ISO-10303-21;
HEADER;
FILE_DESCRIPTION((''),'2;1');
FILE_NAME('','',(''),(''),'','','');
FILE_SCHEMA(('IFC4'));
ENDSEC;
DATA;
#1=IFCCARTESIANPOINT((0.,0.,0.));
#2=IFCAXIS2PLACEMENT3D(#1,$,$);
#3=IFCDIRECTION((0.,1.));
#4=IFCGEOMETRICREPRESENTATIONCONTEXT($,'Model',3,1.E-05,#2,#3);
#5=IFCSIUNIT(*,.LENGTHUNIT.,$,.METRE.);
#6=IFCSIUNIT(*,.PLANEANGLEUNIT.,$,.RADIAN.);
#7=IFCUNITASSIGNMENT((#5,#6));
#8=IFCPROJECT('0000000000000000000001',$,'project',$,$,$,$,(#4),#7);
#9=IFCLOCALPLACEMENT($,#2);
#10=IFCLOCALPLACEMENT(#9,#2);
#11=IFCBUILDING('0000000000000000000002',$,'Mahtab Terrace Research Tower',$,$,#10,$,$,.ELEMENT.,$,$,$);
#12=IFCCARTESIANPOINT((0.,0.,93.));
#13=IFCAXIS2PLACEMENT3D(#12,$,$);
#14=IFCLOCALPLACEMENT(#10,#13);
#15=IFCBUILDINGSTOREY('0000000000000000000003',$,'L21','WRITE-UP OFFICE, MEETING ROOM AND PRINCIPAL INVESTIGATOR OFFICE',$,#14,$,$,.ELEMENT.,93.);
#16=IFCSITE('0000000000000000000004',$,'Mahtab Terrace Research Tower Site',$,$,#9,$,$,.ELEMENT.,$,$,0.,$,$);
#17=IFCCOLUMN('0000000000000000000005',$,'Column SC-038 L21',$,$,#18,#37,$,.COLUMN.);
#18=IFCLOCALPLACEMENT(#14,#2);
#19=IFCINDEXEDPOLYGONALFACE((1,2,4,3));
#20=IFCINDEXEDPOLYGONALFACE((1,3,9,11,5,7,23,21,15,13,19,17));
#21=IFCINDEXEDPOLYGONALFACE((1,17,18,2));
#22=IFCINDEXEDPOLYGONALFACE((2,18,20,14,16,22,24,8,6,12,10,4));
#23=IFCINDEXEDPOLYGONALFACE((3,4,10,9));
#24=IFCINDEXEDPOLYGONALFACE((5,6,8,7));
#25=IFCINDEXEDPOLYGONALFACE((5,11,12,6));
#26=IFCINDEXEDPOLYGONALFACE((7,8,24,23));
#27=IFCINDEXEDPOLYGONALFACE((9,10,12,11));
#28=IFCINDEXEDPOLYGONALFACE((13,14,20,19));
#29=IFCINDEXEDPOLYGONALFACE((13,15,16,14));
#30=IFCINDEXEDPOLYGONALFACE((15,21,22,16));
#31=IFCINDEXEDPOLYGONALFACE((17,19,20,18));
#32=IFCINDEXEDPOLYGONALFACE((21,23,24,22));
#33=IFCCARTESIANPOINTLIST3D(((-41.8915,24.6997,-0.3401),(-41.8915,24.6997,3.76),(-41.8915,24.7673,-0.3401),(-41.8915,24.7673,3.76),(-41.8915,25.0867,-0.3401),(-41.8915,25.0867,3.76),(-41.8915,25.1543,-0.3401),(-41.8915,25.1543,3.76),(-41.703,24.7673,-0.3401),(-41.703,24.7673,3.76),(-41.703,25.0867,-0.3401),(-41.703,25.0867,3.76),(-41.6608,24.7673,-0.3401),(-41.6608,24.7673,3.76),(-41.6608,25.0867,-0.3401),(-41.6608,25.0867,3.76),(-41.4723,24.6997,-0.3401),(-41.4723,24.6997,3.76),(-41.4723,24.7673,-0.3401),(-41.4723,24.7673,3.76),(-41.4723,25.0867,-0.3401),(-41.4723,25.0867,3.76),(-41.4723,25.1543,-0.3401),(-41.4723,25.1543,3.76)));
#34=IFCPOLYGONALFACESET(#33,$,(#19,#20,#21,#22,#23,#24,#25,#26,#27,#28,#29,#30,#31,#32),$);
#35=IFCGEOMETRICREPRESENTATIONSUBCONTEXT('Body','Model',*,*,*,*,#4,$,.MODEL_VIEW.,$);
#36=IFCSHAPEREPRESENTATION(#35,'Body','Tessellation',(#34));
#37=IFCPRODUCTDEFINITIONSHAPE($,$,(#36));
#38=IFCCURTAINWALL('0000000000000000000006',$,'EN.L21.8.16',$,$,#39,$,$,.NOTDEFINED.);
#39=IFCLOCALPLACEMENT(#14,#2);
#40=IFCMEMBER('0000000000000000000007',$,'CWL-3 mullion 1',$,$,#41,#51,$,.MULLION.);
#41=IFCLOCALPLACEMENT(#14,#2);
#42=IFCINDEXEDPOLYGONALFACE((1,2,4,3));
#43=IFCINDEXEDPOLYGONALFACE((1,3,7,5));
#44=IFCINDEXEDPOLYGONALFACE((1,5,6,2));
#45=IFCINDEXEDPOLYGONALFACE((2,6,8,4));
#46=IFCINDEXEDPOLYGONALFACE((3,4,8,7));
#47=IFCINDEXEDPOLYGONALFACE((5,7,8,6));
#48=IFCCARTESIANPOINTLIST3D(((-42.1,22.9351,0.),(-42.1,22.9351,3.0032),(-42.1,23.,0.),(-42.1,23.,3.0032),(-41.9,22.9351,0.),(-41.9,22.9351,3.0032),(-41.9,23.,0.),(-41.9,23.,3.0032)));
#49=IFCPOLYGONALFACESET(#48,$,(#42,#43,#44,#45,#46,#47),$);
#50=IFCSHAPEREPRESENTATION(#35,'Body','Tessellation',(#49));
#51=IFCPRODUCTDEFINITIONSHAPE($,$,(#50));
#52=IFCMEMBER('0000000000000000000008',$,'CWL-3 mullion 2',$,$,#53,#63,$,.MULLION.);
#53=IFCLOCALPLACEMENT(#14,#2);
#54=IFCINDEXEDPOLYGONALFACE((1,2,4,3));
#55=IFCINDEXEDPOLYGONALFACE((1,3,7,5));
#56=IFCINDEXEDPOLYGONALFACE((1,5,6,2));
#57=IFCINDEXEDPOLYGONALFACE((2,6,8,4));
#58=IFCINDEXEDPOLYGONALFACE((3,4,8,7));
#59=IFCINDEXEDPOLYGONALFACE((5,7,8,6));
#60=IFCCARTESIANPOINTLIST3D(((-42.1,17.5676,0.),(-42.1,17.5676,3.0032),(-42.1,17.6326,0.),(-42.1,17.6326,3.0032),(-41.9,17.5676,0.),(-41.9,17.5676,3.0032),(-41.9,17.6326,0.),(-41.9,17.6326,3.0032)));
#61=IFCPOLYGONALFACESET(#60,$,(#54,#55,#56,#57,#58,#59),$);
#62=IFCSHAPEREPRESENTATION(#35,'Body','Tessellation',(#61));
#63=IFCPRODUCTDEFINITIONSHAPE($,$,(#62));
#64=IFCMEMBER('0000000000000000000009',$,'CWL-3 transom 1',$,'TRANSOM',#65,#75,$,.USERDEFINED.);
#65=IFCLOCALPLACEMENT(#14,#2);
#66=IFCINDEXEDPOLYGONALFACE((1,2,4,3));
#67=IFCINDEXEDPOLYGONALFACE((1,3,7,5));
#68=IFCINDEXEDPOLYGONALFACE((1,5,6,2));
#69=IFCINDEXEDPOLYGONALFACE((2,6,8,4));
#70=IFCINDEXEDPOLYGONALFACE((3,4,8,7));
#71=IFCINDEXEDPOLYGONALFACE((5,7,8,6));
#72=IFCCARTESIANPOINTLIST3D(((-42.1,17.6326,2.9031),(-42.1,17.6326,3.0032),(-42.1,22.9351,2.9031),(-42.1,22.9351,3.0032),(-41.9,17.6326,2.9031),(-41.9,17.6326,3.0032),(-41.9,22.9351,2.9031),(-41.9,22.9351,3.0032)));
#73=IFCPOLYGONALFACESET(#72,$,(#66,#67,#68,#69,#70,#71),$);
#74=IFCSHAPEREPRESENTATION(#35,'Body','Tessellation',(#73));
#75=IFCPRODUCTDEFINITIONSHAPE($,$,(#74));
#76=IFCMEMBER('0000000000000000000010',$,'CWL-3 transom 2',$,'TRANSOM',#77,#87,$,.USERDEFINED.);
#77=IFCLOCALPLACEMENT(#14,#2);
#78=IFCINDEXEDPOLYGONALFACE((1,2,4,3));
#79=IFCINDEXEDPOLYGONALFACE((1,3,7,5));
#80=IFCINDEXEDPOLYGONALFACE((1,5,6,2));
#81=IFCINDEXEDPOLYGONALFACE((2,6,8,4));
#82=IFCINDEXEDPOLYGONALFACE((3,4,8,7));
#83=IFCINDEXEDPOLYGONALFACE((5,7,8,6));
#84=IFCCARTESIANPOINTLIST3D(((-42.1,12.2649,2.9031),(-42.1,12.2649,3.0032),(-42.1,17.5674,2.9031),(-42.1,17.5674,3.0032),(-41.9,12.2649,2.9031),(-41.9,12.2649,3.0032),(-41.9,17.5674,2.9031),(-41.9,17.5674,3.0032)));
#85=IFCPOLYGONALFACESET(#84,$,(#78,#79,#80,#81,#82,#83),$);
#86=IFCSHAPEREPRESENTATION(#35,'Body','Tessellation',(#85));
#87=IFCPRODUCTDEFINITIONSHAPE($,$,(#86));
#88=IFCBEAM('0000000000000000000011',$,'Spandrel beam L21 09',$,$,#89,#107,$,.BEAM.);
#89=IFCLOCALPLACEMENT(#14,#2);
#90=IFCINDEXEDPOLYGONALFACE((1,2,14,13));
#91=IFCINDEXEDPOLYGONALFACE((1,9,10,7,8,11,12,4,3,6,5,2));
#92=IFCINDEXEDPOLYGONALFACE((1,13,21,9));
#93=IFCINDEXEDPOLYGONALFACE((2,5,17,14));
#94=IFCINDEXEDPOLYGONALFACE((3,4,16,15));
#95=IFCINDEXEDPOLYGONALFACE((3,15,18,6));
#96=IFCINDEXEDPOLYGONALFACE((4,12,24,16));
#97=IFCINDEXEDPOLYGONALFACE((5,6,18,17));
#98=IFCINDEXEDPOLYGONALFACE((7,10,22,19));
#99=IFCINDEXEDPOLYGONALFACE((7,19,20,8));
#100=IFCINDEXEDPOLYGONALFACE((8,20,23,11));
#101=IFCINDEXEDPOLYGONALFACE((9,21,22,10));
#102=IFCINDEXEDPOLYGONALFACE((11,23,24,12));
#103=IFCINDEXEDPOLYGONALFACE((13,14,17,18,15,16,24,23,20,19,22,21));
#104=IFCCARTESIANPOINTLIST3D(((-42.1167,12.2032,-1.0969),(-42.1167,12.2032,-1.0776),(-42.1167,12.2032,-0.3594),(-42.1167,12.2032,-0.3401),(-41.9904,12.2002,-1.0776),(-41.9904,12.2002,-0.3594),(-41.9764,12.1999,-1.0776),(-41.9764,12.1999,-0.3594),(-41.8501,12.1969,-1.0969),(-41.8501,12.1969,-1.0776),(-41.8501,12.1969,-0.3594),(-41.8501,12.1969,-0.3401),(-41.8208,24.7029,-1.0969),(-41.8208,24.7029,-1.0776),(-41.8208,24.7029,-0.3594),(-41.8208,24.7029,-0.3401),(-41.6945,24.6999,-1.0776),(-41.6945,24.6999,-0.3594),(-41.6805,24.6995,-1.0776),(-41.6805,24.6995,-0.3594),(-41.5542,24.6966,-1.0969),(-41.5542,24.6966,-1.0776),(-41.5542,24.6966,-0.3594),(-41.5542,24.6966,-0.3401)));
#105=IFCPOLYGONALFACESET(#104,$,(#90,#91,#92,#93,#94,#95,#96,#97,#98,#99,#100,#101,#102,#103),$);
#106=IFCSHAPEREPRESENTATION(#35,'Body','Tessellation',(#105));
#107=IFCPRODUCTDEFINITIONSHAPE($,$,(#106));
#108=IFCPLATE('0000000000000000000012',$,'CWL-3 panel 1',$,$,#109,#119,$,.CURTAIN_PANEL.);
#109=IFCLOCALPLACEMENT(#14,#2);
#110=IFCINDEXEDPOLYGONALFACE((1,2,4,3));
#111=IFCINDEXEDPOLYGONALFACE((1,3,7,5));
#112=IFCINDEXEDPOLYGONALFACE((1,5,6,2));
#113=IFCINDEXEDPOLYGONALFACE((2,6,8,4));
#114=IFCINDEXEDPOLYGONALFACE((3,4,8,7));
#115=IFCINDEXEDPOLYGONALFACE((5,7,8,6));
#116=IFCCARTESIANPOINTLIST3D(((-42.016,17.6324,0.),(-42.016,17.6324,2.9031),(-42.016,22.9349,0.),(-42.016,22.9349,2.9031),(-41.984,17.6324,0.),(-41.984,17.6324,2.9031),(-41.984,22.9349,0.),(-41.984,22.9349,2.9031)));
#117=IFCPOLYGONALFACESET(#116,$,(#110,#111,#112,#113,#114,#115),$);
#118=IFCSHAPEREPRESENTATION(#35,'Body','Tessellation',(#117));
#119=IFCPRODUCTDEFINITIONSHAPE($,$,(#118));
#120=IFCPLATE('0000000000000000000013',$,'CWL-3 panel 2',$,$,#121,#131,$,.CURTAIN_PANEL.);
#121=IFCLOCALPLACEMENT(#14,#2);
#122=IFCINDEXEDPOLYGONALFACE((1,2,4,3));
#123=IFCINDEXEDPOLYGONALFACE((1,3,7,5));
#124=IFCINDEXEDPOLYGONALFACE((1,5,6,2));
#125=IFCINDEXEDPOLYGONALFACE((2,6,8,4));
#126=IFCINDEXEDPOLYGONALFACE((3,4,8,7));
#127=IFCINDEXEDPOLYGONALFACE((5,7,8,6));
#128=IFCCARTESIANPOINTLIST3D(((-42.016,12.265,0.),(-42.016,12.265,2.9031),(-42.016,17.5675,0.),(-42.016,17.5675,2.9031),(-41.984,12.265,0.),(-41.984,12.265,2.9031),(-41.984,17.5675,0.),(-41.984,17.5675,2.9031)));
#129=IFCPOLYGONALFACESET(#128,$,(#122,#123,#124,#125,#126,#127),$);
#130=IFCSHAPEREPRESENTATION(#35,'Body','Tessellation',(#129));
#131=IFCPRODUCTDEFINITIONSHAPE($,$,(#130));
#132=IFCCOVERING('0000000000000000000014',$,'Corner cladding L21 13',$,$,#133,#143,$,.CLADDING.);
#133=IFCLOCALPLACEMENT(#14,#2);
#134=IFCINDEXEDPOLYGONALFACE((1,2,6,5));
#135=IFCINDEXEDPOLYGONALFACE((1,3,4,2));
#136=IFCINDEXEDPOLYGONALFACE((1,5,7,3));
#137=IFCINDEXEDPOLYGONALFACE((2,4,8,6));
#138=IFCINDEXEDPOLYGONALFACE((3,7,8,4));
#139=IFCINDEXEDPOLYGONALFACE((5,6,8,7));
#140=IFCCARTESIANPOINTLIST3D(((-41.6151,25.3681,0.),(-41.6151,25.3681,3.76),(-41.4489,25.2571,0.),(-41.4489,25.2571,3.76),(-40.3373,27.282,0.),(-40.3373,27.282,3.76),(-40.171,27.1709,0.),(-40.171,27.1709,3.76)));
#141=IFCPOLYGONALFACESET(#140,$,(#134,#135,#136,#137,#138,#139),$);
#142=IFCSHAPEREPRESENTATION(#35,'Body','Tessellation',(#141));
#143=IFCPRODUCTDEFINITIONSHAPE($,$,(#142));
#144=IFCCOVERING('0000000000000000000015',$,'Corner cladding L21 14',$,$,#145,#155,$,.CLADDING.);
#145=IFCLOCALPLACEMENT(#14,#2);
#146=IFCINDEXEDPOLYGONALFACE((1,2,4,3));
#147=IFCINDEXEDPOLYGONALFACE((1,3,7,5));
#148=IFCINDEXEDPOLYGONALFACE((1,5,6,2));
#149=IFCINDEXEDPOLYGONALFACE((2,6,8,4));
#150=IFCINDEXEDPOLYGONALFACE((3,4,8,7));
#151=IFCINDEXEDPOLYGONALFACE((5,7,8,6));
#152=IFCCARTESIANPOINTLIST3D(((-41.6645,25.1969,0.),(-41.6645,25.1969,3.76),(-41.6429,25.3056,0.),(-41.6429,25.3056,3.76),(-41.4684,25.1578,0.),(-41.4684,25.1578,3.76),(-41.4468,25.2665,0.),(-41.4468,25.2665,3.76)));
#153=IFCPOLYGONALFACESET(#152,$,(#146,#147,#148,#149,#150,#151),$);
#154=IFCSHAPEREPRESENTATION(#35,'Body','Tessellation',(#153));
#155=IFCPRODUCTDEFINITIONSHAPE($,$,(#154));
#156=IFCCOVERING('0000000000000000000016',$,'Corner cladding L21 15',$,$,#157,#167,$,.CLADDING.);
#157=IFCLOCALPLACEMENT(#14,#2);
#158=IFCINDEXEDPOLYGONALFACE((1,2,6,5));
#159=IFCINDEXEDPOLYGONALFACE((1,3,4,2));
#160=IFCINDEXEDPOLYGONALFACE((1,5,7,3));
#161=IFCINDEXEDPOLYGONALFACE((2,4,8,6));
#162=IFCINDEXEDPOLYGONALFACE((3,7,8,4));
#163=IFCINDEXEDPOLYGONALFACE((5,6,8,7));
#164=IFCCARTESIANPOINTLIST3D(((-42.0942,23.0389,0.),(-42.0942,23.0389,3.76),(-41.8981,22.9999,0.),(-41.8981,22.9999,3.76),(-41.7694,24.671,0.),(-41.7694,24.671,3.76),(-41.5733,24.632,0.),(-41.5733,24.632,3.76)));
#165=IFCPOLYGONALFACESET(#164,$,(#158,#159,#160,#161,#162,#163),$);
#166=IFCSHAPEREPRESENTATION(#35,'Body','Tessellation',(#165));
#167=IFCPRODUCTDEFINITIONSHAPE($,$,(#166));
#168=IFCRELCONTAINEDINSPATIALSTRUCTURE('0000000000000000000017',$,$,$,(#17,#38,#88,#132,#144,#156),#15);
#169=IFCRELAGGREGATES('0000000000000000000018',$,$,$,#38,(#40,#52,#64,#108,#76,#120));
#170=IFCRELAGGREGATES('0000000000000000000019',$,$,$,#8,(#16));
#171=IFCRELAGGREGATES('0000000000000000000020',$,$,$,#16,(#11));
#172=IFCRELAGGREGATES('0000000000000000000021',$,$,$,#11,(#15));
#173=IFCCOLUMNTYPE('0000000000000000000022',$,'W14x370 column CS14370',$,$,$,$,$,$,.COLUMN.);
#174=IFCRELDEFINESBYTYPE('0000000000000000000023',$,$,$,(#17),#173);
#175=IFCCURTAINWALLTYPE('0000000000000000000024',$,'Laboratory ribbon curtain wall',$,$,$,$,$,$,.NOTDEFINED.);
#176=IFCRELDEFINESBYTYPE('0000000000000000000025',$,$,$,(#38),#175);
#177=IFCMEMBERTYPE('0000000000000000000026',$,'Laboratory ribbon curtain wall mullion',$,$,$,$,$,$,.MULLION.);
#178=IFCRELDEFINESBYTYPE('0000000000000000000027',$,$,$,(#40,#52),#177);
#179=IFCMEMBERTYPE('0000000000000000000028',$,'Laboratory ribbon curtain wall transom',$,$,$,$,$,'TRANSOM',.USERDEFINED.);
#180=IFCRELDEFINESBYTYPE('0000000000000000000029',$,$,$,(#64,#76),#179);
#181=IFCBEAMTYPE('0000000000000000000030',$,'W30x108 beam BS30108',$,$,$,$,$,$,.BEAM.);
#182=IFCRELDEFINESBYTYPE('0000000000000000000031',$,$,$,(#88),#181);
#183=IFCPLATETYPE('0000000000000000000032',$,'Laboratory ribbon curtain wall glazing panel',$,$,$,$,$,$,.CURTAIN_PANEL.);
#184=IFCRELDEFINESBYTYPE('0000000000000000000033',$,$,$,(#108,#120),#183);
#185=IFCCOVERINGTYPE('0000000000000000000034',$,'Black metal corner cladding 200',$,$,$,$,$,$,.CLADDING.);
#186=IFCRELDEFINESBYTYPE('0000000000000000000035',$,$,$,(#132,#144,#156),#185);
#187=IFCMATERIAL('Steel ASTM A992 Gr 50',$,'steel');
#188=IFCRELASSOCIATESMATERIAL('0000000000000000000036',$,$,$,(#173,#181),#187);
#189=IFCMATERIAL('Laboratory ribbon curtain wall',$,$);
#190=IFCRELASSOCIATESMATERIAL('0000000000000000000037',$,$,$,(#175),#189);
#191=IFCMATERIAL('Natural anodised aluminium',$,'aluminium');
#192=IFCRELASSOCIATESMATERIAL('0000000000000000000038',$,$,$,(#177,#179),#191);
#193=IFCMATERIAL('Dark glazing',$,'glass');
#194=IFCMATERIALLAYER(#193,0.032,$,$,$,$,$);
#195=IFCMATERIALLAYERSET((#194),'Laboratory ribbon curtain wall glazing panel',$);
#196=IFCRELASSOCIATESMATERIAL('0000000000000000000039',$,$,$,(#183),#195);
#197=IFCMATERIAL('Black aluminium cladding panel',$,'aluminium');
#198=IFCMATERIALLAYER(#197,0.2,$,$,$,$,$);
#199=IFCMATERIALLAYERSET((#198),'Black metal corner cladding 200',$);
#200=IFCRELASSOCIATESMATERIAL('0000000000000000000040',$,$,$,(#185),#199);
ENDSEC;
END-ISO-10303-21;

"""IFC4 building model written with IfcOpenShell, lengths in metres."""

from ifc_helpers import new_model, si_unit, direction, frame, origin, origin_2d, place, context, subcontext, project, spatial, rectangle, i_section, extrude, material, layer, layer_set, material_profile, profile_set, type_object, element, aggregate, save


model = new_model("IFC4")

# Units and contexts
model_context = context("Model", 3, precision=1e-05, world=origin(), true_north=direction((0.0, 1.0)))
body_context = subcontext(model_context, "Body", "Model", "MODEL_VIEW")
ifc_project = project(units=[si_unit("LENGTHUNIT", "METRE"), si_unit("PLANEANGLEUNIT", "RADIAN")], contexts=[model_context])

# Site, building, storey
site_placement = place(None, origin())
site = spatial("IfcSite", under=ifc_project, at=site_placement, Name="Mahtab Terrace Research Tower Site", CompositionType="ELEMENT", RefElevation=0.0)
building_placement = place(site_placement, origin())
building = spatial("IfcBuilding", under=site, at=building_placement, Name="Mahtab Terrace Research Tower", CompositionType="ELEMENT")
storey_placement = place(building_placement, frame((0.0, 0.0, 93.0)))
storey = spatial("IfcBuildingStorey", under=building, at=storey_placement, Name="L21", Description="WRITE-UP OFFICE, MEETING ROOM AND PRINCIPAL INVESTIGATOR OFFICE", CompositionType="ELEMENT", Elevation=93.0)

# Column
ifc_material_1 = material(Name="Steel ASTM A992 Gr 50", Category="steel")
ifc_material_profile_1 = material_profile(ifc_material_1, i_section(OverallWidth=0.4192, OverallDepth=0.4546, WebThickness=0.0422, FlangeThickness=0.0676, at=origin_2d()), Name="W14X370")
ifc_profile_set_1 = profile_set([ifc_material_profile_1], Name="Steel ASTM A992 Gr 50")
column_type = type_object("IfcColumnType", Name="W14x370 column CS14370", PredefinedType="COLUMN", material=ifc_profile_set_1)
column_placement = place(storey_placement, frame((-41.6819, 24.927, -0.3401), z_axis=(0.0, 0.0, 1.0), x_axis=(1.0, 0.0, 0.0)))
element("IfcColumn", 1, at=column_placement, inside=storey, type_object=column_type, Name="Column SC-038 L21", PredefinedType="COLUMN", context=body_context, shape_type="SweptSolid", body=[
    extrude(i_section(OverallWidth=0.4192, OverallDepth=0.4546, WebThickness=0.0422, FlangeThickness=0.0676, at=origin_2d()), origin(), (0.0, 0.0, 1.0), 4.1001),
])

# Curtain wall, members
ifc_material_2 = material(Name="Laboratory ribbon curtain wall")
curtain_wall_type = type_object("IfcCurtainWallType", Name="Laboratory ribbon curtain wall", PredefinedType="NOTDEFINED", material=ifc_material_2)
curtain_wall_placement = place(storey_placement, origin())
curtain_wall = element("IfcCurtainWall", 2, at=curtain_wall_placement, inside=storey, type_object=curtain_wall_type, Name="EN.L21.8.16", PredefinedType="NOTDEFINED")
ifc_material_3 = material(Name="Natural anodised aluminium", Category="aluminium")
ifc_material_profile_2 = material_profile(ifc_material_3, rectangle(XDim=0.2, YDim=0.0649, at=origin_2d()), Name="MULLION 65x200")
ifc_profile_set_2 = profile_set([ifc_material_profile_2], Name="Natural anodised aluminium")
member_type_1 = type_object("IfcMemberType", Name="Laboratory ribbon curtain wall mullion", PredefinedType="MULLION", material=ifc_profile_set_2)
member_1_placement = place(storey_placement, frame((-42.0, 22.9675, 0.0), z_axis=(0.0, 0.0, 1.0), x_axis=(1.0, 0.0, 0.0)))
member_1 = element("IfcMember", 3, at=member_1_placement, type_object=member_type_1, Name="CWL-3 mullion 1", PredefinedType="MULLION", context=body_context, shape_type="SweptSolid", body=[
    extrude(rectangle(XDim=0.2, YDim=0.0649, at=origin_2d()), origin(), (0.0, 0.0, 1.0), 3.0032),
])
member_2_placement = place(storey_placement, frame((-42.0, 17.6001, 0.0), z_axis=(0.0, 0.0, 1.0), x_axis=(1.0, 0.0, 0.0)))
member_2 = element("IfcMember", 4, at=member_2_placement, type_object=member_type_1, Name="CWL-3 mullion 2", PredefinedType="MULLION", context=body_context, shape_type="SweptSolid", body=[
    extrude(rectangle(XDim=0.2, YDim=0.0649, at=origin_2d()), origin(), (0.0, 0.0, 1.0), 3.0032),
])
ifc_material_profile_3 = material_profile(ifc_material_3, rectangle(XDim=0.2, YDim=0.1001, at=origin_2d()), Name="TRANSOM 100x200")
ifc_profile_set_3 = profile_set([ifc_material_profile_3], Name="Natural anodised aluminium")
member_type_2 = type_object("IfcMemberType", Name="Laboratory ribbon curtain wall transom", ElementType="TRANSOM", PredefinedType="USERDEFINED", material=ifc_profile_set_3)
member_3_placement = place(storey_placement, frame((-42.0, 22.9351, 2.9531), z_axis=(0.0, -1.0, 0.0), x_axis=(1.0, 0.0, 0.0)))
member_3 = element("IfcMember", 5, at=member_3_placement, type_object=member_type_2, Name="CWL-3 transom 1", ObjectType="TRANSOM", PredefinedType="USERDEFINED", context=body_context, shape_type="SweptSolid", body=[
    extrude(rectangle(XDim=0.2, YDim=0.1001, at=origin_2d()), origin(), (0.0, 0.0, 1.0), 5.3025),
])
member_4_placement = place(storey_placement, frame((-42.0, 17.5674, 2.9531), z_axis=(0.0, -1.0, 0.0), x_axis=(1.0, 0.0, 0.0)))
member_4 = element("IfcMember", 6, at=member_4_placement, type_object=member_type_2, Name="CWL-3 transom 2", ObjectType="TRANSOM", PredefinedType="USERDEFINED", context=body_context, shape_type="SweptSolid", body=[
    extrude(rectangle(XDim=0.2, YDim=0.1001, at=origin_2d()), origin(), (0.0, 0.0, 1.0), 5.3025),
])

# Beam
ifc_material_profile_4 = material_profile(ifc_material_1, i_section(OverallWidth=0.2666, OverallDepth=0.7568, WebThickness=0.0139, FlangeThickness=0.0193, at=origin_2d()), Name="W30X108")
ifc_profile_set_4 = profile_set([ifc_material_profile_4], Name="Steel ASTM A992 Gr 50")
beam_type = type_object("IfcBeamType", Name="W30x108 beam BS30108", PredefinedType="BEAM", material=ifc_profile_set_4)
beam_placement = place(storey_placement, frame((-41.6875, 24.6997, -0.7185), z_axis=(-0.023666, -0.99972, 0.0), x_axis=(0.99972, -0.023666, 0.0)))
element("IfcBeam", 7, at=beam_placement, inside=storey, type_object=beam_type, Name="Spandrel beam L21 09", PredefinedType="BEAM", context=body_context, shape_type="SweptSolid", body=[
    extrude(i_section(OverallWidth=0.2666, OverallDepth=0.7568, WebThickness=0.0139, FlangeThickness=0.0193, at=origin_2d()), origin(), (0.0, 0.0, 1.0), 12.5032),
])

# Plates
ifc_material_4 = material(Name="Dark glazing", Category="glass")
ifc_layer_1 = layer(ifc_material_4, 0.032)
ifc_layer_set_1 = layer_set([ifc_layer_1], Name="Laboratory ribbon curtain wall glazing panel")
plate_type = type_object("IfcPlateType", Name="Laboratory ribbon curtain wall glazing panel", PredefinedType="CURTAIN_PANEL", material=ifc_layer_set_1)
plate_1_placement = place(storey_placement, frame((-42.0, 20.2837, 0.0), z_axis=(0.0, 0.0, 1.0), x_axis=(0.0, -1.0, 0.0)))
plate_1 = element("IfcPlate", 8, at=plate_1_placement, type_object=plate_type, Name="CWL-3 panel 1", PredefinedType="CURTAIN_PANEL", context=body_context, shape_type="SweptSolid", body=[
    extrude(rectangle(XDim=5.3025, YDim=0.032, at=origin_2d()), origin(), (0.0, 0.0, 1.0), 2.9031),
])
plate_2_placement = place(storey_placement, frame((-42.0, 14.9163, 0.0), z_axis=(0.0, 0.0, 1.0), x_axis=(0.0, -1.0, 0.0)))
plate_2 = element("IfcPlate", 9, at=plate_2_placement, type_object=plate_type, Name="CWL-3 panel 2", PredefinedType="CURTAIN_PANEL", context=body_context, shape_type="SweptSolid", body=[
    extrude(rectangle(XDim=5.3025, YDim=0.032, at=origin_2d()), origin(), (0.0, 0.0, 1.0), 2.9031),
])
aggregate(curtain_wall, [member_1, member_2, member_3, plate_1, member_4, plate_2])

# Coverings
ifc_material_5 = material(Name="Black aluminium cladding panel", Category="aluminium")
ifc_layer_2 = layer(ifc_material_5, 0.2)
ifc_layer_set_2 = layer_set([ifc_layer_2], Name="Black metal corner cladding 200")
covering_type = type_object("IfcCoveringType", Name="Black metal corner cladding 200", PredefinedType="CLADDING", material=ifc_layer_set_2)
covering_1_placement = place(storey_placement, frame((-40.8931, 26.2695, 0.0), z_axis=(0.0, 0.0, 1.0), x_axis=(-0.555291, -0.831656, 0.0)))
element("IfcCovering", 10, at=covering_1_placement, inside=storey, type_object=covering_type, Name="Corner cladding L21 13", PredefinedType="CLADDING", context=body_context, shape_type="SweptSolid", body=[
    extrude(rectangle(XDim=2.3013, YDim=0.2, at=origin_2d()), origin(), (0.0, 0.0, 1.0), 3.76),
])
covering_2_placement = place(storey_placement, frame((-41.5557, 25.2317, 0.0), z_axis=(0.0, 0.0, 1.0), x_axis=(-0.195212, -0.980761, 0.0)))
element("IfcCovering", 11, at=covering_2_placement, inside=storey, type_object=covering_type, Name="Corner cladding L21 14", PredefinedType="CLADDING", context=body_context, shape_type="SweptSolid", body=[
    extrude(rectangle(XDim=0.1108, YDim=0.2, at=origin_2d()), origin(), (0.0, 0.0, 1.0), 3.76),
])
covering_3_placement = place(storey_placement, frame((-41.8337, 23.8354, 0.0), z_axis=(0.0, 0.0, 1.0), x_axis=(-0.195212, -0.980761, 0.0)))
element("IfcCovering", 12, at=covering_3_placement, inside=storey, type_object=covering_type, Name="Corner cladding L21 15", PredefinedType="CLADDING", context=body_context, shape_type="SweptSolid", body=[
    extrude(rectangle(XDim=1.6641, YDim=0.2, at=origin_2d()), origin(), (0.0, 0.0, 1.0), 3.76),
])

save(model, "model.ifc")
